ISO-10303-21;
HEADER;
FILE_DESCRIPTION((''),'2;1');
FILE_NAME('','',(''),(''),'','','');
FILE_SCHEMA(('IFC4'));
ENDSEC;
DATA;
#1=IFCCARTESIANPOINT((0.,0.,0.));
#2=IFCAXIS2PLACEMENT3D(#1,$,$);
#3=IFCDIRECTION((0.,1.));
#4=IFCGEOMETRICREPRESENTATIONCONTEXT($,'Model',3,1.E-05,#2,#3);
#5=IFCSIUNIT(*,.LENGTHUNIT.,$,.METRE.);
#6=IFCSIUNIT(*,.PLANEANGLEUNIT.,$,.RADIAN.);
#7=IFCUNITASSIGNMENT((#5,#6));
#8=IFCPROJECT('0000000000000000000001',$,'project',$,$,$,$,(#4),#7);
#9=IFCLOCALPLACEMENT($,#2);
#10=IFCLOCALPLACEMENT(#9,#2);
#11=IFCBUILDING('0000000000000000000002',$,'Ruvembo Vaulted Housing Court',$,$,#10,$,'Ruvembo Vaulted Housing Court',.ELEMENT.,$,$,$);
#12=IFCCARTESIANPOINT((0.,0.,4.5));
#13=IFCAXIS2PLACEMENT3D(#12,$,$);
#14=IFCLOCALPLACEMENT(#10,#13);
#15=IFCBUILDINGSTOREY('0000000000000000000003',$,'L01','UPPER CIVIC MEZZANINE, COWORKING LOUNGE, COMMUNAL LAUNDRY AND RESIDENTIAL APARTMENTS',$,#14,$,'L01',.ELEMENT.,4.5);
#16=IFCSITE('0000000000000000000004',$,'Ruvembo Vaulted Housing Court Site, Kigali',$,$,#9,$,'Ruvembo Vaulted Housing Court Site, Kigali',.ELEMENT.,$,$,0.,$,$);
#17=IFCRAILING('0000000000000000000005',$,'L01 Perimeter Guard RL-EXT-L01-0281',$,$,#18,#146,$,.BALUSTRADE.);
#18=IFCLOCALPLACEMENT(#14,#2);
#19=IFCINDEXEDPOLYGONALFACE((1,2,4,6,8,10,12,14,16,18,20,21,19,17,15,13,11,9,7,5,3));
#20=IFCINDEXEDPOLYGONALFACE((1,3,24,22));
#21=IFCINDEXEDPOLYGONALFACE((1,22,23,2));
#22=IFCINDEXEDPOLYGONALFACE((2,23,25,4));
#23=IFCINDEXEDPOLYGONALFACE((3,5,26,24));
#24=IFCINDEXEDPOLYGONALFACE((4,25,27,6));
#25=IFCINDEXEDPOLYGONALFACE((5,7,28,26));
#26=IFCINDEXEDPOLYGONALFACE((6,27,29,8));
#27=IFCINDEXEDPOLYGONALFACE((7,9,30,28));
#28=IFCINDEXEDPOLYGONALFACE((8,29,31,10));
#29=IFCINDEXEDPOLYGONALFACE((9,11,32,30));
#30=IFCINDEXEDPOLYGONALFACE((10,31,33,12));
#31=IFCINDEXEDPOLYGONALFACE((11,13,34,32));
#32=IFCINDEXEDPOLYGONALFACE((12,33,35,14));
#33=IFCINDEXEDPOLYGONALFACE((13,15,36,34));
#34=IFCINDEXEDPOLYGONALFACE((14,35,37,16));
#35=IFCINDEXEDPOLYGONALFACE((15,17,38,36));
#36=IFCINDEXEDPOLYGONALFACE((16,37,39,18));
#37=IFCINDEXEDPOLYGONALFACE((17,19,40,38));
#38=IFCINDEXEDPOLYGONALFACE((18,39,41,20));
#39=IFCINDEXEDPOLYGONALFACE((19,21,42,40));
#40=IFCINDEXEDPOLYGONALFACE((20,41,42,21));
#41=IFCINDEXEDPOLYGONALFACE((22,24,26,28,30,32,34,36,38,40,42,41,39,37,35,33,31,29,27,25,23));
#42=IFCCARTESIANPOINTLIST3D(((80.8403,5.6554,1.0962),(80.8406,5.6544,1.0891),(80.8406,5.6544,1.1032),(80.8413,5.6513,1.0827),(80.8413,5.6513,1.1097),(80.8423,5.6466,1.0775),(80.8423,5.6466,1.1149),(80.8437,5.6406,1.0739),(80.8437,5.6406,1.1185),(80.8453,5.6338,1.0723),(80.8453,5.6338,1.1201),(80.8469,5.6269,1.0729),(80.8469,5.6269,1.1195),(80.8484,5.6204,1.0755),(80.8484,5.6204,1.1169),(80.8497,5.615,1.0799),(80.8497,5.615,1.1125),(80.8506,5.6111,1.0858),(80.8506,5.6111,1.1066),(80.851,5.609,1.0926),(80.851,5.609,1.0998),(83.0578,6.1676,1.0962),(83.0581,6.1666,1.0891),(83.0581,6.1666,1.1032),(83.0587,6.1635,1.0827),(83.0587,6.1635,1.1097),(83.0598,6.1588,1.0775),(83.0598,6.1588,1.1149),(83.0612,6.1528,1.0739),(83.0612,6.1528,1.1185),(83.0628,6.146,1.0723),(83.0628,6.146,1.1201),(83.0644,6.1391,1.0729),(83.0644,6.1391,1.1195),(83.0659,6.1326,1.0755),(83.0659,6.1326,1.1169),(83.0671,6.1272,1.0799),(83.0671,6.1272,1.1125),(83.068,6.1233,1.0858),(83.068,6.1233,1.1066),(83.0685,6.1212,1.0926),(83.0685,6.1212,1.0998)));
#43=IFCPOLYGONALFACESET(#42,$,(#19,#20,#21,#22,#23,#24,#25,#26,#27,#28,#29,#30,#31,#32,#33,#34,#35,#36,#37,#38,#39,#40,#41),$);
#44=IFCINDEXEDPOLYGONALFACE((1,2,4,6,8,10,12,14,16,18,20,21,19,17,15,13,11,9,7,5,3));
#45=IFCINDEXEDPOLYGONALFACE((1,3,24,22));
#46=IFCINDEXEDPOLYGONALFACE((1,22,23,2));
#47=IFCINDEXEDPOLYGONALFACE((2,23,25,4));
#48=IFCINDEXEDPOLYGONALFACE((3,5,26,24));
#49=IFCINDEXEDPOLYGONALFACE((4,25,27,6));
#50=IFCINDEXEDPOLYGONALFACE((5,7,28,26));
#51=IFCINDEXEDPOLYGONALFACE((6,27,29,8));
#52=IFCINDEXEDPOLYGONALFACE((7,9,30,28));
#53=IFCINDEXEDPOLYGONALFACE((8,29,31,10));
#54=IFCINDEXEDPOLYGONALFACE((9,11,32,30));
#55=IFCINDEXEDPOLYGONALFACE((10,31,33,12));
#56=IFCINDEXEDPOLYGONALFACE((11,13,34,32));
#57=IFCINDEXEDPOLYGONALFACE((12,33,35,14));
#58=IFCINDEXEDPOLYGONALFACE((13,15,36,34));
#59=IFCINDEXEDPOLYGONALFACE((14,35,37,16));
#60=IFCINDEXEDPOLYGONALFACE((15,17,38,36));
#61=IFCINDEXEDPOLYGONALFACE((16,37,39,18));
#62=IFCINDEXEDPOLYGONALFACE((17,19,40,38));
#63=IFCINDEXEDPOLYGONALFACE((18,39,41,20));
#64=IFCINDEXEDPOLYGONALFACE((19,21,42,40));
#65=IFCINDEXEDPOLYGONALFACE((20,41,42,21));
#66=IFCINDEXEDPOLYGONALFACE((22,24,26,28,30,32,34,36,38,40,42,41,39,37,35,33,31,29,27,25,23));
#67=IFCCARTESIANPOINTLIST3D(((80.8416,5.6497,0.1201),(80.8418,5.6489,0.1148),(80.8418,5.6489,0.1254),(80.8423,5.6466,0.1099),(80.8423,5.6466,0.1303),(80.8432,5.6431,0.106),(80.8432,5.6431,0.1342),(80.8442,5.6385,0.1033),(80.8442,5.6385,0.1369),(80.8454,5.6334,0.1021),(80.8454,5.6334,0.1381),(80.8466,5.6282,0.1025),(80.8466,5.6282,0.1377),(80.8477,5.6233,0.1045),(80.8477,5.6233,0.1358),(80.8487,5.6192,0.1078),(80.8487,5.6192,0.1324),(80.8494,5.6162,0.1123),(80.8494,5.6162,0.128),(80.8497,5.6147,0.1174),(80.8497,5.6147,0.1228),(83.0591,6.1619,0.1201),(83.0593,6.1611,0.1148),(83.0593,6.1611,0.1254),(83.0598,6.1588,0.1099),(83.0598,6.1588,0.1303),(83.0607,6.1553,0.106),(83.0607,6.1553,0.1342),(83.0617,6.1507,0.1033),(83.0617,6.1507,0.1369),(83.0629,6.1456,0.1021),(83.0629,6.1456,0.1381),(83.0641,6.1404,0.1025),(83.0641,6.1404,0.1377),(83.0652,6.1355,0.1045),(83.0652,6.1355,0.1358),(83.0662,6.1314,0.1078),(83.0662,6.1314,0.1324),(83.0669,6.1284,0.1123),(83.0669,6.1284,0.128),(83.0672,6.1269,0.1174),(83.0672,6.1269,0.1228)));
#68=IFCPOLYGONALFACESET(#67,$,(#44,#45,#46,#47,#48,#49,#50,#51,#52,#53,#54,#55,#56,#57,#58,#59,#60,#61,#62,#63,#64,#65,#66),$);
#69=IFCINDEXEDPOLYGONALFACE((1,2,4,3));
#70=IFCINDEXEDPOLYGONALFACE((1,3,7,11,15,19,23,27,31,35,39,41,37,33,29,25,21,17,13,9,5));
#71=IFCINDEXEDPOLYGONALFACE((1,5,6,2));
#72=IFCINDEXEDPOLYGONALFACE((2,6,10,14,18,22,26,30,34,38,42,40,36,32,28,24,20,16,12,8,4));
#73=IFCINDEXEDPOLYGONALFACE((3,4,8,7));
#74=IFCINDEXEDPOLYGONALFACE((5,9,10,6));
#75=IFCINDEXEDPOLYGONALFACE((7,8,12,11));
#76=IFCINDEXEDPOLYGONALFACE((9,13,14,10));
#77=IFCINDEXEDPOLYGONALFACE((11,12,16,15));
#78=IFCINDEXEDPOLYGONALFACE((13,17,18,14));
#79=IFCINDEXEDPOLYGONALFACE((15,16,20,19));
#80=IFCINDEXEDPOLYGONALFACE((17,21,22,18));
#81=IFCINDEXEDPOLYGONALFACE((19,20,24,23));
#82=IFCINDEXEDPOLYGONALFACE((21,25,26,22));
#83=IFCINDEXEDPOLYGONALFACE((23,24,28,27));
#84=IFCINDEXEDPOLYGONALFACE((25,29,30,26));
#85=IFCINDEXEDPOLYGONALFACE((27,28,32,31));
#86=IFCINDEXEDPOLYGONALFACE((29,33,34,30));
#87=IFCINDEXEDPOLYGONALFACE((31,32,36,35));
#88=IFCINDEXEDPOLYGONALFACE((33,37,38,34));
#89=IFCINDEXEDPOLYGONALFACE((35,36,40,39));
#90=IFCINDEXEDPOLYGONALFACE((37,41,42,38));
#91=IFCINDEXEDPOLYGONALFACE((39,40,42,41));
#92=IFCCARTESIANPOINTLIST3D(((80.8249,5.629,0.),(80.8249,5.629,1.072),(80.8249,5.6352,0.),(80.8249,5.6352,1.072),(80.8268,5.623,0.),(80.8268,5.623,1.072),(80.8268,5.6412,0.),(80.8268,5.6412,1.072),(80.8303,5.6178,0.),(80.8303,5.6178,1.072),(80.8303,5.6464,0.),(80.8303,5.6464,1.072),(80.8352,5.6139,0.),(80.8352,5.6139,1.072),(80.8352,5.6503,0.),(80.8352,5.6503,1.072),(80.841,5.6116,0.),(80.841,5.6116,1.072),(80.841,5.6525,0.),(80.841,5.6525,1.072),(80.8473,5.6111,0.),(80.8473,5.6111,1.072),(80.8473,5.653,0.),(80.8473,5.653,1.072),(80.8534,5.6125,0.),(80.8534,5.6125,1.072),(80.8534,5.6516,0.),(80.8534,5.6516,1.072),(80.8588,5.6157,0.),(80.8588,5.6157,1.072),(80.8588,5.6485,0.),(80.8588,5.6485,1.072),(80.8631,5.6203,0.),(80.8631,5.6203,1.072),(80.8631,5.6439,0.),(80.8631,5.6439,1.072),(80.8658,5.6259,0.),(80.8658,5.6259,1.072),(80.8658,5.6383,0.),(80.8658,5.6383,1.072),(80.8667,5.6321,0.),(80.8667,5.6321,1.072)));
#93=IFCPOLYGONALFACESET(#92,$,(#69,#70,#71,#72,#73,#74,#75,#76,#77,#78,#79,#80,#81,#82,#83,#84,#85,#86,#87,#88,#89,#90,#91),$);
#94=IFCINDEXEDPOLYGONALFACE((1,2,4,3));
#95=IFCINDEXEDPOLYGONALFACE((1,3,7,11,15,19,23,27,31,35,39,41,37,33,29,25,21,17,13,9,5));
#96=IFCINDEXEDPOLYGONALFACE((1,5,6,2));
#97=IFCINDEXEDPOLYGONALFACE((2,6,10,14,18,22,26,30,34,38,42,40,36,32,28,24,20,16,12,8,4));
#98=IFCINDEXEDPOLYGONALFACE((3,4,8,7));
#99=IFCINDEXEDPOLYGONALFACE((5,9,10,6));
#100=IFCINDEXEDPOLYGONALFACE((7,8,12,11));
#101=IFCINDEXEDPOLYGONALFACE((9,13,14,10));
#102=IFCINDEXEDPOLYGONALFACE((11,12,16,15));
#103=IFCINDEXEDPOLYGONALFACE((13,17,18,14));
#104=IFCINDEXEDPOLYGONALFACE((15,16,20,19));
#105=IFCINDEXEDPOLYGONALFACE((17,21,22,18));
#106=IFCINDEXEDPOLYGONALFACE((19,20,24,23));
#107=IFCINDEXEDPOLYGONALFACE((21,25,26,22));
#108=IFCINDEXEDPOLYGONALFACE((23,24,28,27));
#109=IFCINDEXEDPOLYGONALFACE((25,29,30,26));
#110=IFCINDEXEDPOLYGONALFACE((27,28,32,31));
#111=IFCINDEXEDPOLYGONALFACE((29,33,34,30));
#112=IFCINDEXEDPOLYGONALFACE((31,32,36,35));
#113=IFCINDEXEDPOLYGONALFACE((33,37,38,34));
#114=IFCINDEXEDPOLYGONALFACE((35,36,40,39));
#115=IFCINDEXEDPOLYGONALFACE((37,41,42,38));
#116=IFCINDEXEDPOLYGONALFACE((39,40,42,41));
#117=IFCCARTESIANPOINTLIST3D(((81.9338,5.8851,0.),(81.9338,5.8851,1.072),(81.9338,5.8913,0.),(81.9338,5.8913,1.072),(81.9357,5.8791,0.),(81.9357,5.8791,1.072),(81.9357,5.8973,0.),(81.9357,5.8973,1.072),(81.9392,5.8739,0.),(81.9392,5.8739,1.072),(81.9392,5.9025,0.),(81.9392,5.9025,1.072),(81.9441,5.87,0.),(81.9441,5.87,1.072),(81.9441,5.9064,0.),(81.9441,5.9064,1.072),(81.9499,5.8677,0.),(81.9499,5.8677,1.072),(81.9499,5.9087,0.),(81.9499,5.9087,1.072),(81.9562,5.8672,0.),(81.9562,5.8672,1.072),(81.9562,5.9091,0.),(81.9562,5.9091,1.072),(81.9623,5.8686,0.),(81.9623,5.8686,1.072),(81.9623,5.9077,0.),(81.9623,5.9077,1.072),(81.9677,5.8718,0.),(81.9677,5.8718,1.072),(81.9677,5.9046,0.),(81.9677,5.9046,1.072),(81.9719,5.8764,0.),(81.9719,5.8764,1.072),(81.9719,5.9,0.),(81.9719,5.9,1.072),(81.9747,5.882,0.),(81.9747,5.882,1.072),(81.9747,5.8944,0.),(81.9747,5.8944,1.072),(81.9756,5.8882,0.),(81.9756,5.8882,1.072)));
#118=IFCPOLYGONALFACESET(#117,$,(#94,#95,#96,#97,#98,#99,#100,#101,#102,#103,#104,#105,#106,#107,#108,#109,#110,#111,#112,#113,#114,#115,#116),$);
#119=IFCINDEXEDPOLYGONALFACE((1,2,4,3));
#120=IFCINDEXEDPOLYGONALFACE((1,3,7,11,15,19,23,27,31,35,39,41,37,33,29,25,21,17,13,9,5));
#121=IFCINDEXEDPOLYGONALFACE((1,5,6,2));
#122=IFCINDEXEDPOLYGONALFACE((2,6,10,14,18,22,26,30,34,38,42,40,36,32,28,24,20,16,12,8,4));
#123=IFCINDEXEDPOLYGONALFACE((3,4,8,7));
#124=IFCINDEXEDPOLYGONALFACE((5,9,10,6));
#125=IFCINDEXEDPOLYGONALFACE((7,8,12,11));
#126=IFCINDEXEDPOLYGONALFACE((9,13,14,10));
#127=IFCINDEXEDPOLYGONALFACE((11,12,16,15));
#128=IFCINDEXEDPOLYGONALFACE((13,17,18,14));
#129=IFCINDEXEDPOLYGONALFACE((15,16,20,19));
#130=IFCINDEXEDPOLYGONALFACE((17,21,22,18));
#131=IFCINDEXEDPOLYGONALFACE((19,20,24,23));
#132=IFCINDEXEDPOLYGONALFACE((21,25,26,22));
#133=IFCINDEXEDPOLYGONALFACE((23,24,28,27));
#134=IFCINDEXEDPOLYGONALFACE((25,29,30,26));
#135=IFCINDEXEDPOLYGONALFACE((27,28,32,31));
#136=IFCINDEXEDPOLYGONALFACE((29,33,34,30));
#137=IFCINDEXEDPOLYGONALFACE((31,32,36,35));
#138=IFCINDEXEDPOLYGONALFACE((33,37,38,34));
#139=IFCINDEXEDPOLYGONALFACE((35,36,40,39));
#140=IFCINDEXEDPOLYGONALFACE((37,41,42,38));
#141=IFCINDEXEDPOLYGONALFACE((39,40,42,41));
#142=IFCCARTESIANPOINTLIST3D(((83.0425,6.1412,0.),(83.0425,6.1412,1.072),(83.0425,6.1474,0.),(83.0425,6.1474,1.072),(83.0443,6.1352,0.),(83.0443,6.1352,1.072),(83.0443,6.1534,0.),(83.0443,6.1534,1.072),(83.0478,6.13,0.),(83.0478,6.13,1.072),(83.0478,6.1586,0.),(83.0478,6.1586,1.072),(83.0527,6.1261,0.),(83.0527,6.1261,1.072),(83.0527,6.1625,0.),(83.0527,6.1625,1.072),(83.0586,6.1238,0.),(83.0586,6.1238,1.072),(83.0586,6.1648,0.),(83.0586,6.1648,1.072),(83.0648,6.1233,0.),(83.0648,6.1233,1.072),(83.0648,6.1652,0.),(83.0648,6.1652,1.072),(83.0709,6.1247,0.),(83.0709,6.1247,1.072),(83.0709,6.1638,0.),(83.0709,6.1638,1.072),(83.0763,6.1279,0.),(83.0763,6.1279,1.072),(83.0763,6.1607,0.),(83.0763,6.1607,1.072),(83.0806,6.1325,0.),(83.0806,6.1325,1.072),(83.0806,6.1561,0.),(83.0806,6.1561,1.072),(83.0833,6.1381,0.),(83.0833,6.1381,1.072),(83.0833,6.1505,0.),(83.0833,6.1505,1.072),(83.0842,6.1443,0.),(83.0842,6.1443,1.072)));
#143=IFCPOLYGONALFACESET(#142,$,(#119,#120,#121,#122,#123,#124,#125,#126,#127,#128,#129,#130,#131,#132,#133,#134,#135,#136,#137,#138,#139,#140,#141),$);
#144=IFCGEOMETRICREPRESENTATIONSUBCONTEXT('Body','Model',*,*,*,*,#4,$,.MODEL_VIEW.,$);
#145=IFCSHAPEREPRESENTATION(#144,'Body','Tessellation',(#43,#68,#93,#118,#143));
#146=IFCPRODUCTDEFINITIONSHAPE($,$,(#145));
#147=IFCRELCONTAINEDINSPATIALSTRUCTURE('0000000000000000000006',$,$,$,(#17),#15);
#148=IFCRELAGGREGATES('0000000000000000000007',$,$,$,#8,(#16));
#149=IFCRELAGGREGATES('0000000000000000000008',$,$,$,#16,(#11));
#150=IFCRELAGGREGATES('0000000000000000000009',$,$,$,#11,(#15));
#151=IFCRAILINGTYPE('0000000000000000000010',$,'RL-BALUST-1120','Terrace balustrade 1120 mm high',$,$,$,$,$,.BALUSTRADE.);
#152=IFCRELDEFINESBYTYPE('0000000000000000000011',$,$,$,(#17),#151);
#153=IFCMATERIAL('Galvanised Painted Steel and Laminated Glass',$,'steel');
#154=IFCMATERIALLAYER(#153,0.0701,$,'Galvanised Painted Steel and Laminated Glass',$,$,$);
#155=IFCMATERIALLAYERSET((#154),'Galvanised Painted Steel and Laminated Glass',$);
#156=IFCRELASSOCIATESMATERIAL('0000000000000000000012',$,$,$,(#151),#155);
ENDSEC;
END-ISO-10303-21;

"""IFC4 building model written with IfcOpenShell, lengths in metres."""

from ifc_helpers import new_model, si_unit, direction, frame, origin, origin_2d, place, context, subcontext, project, spatial, circle, extrude, material, layer, layer_set, type_object, element, save


model = new_model("IFC4")

# Units and contexts
model_context = context("Model", 3, precision=1e-05, world=origin(), true_north=direction((0.0, 1.0)))
body_context = subcontext(model_context, "Body", "Model", "MODEL_VIEW")
ifc_project = project(units=[si_unit("LENGTHUNIT", "METRE"), si_unit("PLANEANGLEUNIT", "RADIAN")], contexts=[model_context])

# Site, building, storey
site_placement = place(None, origin())
site = spatial("IfcSite", under=ifc_project, at=site_placement, Name="Ruvembo Vaulted Housing Court Site, Kigali", LongName="Ruvembo Vaulted Housing Court Site, Kigali", CompositionType="ELEMENT", RefElevation=0.0)
building_placement = place(site_placement, origin())
building = spatial("IfcBuilding", under=site, at=building_placement, Name="Ruvembo Vaulted Housing Court", LongName="Ruvembo Vaulted Housing Court", CompositionType="ELEMENT")
storey_placement = place(building_placement, frame((0.0, 0.0, 4.5)))
storey = spatial("IfcBuildingStorey", under=building, at=storey_placement, Name="L01", Description="UPPER CIVIC MEZZANINE, COWORKING LOUNGE, COMMUNAL LAUNDRY AND RESIDENTIAL APARTMENTS", LongName="L01", CompositionType="ELEMENT", Elevation=4.5)

# Railing
ifc_material_1 = material(Name="Galvanised Painted Steel and Laminated Glass", Category="steel")
ifc_layer_1 = layer(ifc_material_1, 0.0701, Name="Galvanised Painted Steel and Laminated Glass")
ifc_layer_set_1 = layer_set([ifc_layer_1], Name="Galvanised Painted Steel and Laminated Glass")
railing_type = type_object("IfcRailingType", Name="RL-BALUST-1120", Description="Terrace balustrade 1120 mm high", PredefinedType="BALUSTRADE", material=ifc_layer_set_1)
railing_1_placement = place(storey_placement, frame((80.8457, 5.6321, 0.0)))
element("IfcRailing", 1, at=railing_1_placement, inside=storey, type_object=railing_type, Name="L01 Perimeter Guard RL-EXT-L01-0281", PredefinedType="BALUSTRADE", context=body_context, shape_type="SweptSolid", body=[
    extrude(circle(Radius=0.0239, at=origin_2d()), frame((0.0, 0.0, 1.0962), z_axis=(0.974346, 0.225055, 0.0), x_axis=(-0.225055, 0.974346, 0.0)), (0.0, 0.0, 1.0), 2.2759),
    extrude(circle(Radius=0.0181, at=origin_2d()), frame((0.0, 0.0, 0.1201), z_axis=(0.974346, 0.225055, 0.0), x_axis=(-0.225055, 0.974346, 0.0)), (0.0, 0.0, 1.0), 2.2759),
    extrude(circle(Radius=0.021, at=origin_2d()), origin(), (0.0, 0.0, 1.0), 1.072),
    extrude(circle(Radius=0.021, at=origin_2d()), frame((1.1089, 0.2561, 0.0)), (0.0, 0.0, 1.0), 1.072),
    extrude(circle(Radius=0.021, at=origin_2d()), frame((2.2175, 0.5122, 0.0)), (0.0, 0.0, 1.0), 1.072),
])

save(model, "model.ifc")
